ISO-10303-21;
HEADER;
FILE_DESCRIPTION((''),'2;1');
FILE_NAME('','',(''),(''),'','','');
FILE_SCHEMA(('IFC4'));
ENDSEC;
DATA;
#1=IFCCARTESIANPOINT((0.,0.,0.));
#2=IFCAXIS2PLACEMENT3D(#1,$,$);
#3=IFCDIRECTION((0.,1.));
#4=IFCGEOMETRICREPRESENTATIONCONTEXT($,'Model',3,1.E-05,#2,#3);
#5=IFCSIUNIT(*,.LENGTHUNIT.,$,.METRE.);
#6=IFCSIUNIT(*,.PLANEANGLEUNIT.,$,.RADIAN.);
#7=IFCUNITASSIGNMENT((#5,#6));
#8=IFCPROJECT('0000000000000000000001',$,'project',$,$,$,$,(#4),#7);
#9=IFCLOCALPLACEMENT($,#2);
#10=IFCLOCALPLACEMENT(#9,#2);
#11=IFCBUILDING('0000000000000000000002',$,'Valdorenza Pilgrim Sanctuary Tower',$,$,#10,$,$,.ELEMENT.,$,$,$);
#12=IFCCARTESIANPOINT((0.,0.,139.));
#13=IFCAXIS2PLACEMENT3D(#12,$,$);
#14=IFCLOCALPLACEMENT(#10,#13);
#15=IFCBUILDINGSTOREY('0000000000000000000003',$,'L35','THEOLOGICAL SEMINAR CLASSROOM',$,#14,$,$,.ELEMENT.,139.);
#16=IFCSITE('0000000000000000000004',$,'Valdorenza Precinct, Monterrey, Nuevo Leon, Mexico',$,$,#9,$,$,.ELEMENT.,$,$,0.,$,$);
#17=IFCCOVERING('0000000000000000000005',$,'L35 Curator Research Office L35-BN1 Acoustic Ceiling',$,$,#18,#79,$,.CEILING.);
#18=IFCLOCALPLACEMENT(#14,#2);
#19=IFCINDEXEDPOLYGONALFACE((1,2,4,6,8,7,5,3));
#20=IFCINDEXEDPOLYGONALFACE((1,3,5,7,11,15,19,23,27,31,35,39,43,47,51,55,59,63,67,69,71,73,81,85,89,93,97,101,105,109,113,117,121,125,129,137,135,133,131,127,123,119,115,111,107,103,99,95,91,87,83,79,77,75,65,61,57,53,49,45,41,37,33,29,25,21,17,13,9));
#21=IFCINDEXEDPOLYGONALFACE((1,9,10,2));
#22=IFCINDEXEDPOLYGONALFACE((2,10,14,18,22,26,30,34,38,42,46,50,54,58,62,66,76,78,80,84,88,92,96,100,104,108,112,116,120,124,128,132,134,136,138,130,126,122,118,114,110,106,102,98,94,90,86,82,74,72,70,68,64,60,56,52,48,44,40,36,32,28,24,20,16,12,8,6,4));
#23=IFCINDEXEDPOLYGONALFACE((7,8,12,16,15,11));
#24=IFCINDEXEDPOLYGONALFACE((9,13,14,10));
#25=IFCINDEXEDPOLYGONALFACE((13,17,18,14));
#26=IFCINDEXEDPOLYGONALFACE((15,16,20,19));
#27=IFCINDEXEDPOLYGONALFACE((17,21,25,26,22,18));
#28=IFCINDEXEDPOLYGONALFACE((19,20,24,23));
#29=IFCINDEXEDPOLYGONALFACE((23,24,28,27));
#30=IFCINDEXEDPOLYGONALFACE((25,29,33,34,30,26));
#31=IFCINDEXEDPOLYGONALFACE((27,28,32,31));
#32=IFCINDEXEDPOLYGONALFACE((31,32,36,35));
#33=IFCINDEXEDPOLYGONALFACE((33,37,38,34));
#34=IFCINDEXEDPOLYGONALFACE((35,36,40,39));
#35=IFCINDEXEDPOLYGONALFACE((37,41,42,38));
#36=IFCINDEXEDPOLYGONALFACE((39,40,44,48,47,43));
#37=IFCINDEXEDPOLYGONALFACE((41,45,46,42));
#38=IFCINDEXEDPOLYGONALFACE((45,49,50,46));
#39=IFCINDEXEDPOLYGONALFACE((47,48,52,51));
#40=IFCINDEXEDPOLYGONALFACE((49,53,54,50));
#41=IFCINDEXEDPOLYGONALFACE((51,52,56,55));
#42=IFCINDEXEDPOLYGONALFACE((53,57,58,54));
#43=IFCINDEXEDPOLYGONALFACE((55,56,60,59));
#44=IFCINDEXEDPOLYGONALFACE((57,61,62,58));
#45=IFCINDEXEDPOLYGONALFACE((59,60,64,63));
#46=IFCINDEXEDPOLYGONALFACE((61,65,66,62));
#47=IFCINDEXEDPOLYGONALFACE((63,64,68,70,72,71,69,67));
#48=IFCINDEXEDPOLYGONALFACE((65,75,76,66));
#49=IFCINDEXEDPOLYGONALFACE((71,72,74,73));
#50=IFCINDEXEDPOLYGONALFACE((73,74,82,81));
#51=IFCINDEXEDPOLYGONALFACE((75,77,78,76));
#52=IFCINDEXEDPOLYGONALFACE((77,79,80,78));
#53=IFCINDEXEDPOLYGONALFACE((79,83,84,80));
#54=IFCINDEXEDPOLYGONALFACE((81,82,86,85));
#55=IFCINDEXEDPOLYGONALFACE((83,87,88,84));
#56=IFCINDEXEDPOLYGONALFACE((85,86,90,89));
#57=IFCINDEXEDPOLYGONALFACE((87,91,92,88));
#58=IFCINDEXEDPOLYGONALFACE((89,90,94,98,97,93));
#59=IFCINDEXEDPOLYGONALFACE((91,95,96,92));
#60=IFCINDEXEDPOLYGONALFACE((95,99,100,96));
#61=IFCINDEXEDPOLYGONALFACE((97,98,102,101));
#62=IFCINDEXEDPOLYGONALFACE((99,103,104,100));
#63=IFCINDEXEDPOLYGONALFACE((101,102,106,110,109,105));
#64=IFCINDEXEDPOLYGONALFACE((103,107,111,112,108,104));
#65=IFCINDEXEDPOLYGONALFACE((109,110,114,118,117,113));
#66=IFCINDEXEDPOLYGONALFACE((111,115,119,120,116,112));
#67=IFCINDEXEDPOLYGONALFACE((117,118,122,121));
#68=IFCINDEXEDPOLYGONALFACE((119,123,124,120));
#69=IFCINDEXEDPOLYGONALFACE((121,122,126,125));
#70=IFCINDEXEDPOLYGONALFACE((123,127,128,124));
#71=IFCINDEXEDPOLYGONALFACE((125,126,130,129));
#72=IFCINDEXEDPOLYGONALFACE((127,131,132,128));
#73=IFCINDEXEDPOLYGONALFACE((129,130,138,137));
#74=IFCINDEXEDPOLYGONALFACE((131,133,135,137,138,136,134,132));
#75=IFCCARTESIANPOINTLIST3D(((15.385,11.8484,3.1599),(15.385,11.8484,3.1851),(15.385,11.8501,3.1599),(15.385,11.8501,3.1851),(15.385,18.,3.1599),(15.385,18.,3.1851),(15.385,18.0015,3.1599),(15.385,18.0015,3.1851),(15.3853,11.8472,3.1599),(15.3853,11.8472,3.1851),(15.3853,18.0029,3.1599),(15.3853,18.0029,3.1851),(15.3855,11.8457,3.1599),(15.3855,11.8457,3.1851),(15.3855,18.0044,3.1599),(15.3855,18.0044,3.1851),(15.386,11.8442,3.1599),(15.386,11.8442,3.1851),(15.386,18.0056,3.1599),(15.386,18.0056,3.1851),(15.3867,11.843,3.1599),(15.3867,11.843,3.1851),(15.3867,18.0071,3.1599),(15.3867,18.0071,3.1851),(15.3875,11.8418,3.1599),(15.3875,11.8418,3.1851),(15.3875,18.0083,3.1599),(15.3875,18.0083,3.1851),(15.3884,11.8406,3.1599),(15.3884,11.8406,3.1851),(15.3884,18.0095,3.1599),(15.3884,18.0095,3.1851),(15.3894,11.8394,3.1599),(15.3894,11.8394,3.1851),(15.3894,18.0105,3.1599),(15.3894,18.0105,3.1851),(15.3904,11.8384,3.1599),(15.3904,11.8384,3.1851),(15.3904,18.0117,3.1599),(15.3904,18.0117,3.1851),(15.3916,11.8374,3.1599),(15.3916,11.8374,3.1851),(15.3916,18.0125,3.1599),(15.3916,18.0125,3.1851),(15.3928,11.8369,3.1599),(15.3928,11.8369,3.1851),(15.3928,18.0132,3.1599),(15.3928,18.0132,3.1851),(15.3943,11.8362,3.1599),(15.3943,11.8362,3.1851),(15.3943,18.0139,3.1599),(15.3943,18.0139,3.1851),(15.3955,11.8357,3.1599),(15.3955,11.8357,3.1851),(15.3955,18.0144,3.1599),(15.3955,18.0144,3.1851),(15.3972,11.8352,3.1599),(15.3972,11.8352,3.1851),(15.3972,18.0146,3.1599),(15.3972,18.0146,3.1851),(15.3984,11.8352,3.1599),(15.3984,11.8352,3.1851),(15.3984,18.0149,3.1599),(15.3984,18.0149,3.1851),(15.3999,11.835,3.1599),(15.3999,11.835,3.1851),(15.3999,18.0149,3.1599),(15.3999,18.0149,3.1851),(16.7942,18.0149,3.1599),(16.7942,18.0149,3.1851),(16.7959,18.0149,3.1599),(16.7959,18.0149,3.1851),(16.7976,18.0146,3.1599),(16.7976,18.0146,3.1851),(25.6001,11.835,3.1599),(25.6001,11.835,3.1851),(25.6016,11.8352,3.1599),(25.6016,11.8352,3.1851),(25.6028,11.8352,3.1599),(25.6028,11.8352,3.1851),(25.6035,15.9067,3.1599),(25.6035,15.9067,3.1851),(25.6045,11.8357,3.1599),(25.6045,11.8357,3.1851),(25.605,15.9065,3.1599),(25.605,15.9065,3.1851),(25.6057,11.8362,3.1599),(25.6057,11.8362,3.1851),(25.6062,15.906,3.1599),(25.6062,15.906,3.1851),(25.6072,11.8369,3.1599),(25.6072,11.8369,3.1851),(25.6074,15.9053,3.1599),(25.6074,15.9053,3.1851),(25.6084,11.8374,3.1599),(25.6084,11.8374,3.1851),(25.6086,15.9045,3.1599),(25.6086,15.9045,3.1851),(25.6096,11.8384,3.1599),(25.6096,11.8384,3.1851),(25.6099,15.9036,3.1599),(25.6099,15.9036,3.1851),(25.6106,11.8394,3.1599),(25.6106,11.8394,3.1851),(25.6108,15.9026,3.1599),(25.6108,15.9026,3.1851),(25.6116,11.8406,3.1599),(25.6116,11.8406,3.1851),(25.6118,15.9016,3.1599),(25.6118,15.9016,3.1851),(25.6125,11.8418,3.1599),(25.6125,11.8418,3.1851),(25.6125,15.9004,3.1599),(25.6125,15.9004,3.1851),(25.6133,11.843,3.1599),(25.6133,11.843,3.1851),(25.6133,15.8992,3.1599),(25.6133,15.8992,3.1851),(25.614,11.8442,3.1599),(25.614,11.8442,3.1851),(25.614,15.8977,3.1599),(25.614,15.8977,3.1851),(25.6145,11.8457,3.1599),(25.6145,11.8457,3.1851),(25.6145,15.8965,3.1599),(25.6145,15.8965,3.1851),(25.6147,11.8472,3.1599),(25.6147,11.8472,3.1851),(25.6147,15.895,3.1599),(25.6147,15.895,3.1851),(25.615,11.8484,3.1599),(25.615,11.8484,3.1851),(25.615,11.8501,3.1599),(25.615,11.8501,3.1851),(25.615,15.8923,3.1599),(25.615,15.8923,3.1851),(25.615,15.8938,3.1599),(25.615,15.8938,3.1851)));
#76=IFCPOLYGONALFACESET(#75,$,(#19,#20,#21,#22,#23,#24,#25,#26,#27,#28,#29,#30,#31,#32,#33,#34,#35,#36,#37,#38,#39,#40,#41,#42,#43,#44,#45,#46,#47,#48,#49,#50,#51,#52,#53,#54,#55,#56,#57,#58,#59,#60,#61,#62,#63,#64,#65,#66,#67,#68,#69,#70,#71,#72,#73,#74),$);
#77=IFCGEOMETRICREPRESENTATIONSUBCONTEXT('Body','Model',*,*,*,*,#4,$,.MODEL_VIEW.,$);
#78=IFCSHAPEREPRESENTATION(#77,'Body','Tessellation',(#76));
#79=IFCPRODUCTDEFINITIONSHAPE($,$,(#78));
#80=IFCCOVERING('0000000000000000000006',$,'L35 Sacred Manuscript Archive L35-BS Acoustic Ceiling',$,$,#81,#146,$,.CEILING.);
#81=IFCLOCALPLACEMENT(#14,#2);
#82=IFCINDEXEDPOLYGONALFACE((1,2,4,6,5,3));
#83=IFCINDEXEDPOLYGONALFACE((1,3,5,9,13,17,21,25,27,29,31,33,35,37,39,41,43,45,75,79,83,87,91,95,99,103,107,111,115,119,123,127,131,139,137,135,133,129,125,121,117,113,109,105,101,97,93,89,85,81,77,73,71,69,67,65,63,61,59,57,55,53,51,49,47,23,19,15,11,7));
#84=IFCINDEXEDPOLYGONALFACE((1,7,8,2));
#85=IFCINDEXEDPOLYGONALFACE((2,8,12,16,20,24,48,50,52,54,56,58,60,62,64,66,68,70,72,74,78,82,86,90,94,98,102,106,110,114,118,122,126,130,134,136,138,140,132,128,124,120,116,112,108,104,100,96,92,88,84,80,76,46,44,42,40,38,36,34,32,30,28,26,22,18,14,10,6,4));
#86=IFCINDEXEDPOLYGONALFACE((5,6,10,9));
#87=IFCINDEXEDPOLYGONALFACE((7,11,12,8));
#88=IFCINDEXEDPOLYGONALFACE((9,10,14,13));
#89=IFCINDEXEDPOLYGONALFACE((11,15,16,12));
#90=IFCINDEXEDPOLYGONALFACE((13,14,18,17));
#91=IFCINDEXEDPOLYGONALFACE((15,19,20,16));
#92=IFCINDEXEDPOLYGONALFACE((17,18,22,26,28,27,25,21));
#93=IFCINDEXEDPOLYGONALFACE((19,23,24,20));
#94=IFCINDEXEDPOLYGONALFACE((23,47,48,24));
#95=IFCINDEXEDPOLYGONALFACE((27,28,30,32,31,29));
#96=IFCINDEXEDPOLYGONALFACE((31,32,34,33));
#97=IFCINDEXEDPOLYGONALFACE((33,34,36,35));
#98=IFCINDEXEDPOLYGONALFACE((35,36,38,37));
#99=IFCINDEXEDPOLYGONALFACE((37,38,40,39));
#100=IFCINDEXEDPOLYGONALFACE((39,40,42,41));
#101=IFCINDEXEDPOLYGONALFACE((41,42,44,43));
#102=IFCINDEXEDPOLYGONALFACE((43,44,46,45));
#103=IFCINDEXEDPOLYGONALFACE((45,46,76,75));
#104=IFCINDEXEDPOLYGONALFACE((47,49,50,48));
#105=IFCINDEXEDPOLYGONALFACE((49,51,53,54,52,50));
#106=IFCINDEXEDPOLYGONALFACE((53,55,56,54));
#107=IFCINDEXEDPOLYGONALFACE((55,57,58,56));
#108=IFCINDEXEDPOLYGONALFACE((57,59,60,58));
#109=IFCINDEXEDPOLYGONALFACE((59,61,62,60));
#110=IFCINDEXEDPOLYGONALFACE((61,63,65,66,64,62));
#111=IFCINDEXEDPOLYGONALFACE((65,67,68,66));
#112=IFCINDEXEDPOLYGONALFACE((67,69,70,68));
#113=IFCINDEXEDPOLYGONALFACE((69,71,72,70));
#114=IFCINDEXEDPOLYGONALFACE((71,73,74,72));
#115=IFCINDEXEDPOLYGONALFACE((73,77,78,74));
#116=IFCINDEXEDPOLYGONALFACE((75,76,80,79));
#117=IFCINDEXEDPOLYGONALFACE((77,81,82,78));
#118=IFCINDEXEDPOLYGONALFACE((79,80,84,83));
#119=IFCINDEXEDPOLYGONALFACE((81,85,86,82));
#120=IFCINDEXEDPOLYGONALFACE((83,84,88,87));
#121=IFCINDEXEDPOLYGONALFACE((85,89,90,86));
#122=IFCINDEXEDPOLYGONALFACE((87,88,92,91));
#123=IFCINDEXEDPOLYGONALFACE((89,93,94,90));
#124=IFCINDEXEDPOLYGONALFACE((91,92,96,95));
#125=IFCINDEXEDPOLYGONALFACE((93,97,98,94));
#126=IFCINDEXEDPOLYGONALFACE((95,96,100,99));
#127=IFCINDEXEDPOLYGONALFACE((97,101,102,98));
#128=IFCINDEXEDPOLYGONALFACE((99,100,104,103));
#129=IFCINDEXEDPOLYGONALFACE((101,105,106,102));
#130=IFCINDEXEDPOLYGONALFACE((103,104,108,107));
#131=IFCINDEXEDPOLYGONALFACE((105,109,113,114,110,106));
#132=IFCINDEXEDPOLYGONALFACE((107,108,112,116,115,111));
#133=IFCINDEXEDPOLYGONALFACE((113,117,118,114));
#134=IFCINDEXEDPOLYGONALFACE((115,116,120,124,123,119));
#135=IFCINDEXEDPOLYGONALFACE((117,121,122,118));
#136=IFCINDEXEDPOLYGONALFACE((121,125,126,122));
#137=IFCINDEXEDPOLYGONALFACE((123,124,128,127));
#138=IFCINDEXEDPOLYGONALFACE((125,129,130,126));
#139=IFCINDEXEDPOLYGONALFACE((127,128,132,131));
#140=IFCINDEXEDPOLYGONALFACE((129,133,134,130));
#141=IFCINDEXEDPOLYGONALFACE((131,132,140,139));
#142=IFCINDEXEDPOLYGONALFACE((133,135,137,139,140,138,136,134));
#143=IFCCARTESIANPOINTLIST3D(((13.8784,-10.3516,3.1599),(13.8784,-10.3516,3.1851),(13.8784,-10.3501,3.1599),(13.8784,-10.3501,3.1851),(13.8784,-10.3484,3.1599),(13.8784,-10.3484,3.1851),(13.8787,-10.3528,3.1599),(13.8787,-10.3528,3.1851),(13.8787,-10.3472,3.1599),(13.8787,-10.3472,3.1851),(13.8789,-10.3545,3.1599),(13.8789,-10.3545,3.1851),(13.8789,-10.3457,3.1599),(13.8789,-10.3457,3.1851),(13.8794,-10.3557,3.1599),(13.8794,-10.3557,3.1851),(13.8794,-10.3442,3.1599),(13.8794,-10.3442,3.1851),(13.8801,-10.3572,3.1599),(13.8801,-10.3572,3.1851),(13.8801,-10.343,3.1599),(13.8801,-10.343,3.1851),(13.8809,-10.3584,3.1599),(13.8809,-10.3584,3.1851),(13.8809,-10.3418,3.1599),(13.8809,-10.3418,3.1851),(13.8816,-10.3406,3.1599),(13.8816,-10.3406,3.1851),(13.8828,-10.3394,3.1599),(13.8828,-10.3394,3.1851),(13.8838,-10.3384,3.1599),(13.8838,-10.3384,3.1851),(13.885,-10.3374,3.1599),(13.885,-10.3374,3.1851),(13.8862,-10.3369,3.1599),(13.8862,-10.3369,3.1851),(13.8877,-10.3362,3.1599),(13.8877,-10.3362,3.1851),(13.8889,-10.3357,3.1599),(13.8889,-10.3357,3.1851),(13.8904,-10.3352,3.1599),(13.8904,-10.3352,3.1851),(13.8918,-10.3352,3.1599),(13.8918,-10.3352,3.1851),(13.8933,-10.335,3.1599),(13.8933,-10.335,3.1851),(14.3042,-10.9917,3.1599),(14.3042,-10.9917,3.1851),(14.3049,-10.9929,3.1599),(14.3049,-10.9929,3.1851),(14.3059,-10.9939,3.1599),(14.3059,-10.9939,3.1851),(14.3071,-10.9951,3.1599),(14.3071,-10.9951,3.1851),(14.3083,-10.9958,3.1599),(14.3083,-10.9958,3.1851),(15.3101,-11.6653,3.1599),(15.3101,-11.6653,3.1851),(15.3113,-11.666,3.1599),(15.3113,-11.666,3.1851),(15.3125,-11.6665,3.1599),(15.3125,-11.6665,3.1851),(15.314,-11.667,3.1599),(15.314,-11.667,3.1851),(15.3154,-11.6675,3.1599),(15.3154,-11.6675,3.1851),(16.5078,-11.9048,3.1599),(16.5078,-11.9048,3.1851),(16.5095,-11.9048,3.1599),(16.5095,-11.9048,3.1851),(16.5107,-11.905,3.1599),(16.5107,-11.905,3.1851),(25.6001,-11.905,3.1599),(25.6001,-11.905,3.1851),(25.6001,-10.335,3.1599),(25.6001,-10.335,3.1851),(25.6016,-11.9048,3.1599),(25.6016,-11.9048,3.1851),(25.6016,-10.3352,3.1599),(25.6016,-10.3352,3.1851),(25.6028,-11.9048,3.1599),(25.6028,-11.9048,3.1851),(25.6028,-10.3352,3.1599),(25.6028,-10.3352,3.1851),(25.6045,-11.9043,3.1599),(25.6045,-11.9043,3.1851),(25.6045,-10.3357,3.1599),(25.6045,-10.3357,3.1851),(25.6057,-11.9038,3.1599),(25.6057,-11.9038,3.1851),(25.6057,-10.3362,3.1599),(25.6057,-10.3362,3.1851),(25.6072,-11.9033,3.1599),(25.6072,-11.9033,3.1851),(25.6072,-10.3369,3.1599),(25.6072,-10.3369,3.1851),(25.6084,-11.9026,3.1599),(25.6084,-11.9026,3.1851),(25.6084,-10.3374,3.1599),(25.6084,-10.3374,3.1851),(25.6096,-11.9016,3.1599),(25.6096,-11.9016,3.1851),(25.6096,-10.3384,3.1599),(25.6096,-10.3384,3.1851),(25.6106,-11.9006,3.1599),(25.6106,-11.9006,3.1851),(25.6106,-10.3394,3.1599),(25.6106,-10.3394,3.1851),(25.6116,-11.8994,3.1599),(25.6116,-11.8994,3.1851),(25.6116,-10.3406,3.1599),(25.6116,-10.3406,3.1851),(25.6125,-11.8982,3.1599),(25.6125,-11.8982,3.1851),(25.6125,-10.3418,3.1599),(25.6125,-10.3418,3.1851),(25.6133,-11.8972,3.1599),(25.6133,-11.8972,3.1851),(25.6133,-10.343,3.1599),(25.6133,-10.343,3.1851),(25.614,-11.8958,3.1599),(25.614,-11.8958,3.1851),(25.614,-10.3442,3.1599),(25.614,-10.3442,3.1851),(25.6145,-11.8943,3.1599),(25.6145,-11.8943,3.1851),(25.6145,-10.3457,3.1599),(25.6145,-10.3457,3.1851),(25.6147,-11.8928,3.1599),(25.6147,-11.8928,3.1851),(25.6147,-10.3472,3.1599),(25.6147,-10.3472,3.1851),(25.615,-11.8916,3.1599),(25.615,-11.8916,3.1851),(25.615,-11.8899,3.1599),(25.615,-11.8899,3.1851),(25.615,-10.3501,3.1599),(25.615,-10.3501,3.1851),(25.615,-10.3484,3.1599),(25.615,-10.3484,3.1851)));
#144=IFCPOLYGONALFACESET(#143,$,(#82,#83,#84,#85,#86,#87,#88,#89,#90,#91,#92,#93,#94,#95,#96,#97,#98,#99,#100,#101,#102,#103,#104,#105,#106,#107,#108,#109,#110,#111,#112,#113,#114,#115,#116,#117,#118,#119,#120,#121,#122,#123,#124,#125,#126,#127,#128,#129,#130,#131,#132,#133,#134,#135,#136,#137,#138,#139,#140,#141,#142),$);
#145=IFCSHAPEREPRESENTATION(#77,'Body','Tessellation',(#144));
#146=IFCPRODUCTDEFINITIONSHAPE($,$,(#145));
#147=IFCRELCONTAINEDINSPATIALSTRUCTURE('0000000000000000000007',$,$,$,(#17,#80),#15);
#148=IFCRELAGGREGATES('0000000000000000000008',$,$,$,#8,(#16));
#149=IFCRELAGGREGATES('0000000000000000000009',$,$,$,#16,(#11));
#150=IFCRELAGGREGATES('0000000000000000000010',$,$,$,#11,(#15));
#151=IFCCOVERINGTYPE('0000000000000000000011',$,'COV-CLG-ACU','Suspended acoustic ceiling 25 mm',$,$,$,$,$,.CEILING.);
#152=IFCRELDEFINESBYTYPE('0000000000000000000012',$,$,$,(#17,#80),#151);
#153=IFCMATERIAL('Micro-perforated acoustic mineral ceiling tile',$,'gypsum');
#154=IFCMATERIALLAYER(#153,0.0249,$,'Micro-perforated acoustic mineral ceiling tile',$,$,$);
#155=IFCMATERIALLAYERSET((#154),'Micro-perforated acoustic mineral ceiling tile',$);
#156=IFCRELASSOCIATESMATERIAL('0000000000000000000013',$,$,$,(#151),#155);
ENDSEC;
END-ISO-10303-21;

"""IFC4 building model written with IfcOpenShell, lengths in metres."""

from ifc_helpers import new_model, si_unit, direction, frame, origin, place, context, subcontext, project, spatial, polyline, outline, extrude, material, layer, layer_set, type_object, element, save


model = new_model("IFC4")

# Units and contexts
model_context = context("Model", 3, precision=1e-05, world=origin(), true_north=direction((0.0, 1.0)))
body_context = subcontext(model_context, "Body", "Model", "MODEL_VIEW")
ifc_project = project(units=[si_unit("LENGTHUNIT", "METRE"), si_unit("PLANEANGLEUNIT", "RADIAN")], contexts=[model_context])

# Site, building, storey
site_placement = place(None, origin())
site = spatial("IfcSite", under=ifc_project, at=site_placement, Name="Valdorenza Precinct, Monterrey, Nuevo Leon, Mexico", CompositionType="ELEMENT", RefElevation=0.0)
building_placement = place(site_placement, origin())
building = spatial("IfcBuilding", under=site, at=building_placement, Name="Valdorenza Pilgrim Sanctuary Tower", CompositionType="ELEMENT")
storey_placement = place(building_placement, frame((0.0, 0.0, 139.0)))
storey = spatial("IfcBuildingStorey", under=building, at=storey_placement, Name="L35", Description="THEOLOGICAL SEMINAR CLASSROOM", CompositionType="ELEMENT", Elevation=139.0)

# Coverings
ifc_material_1 = material(Name="Micro-perforated acoustic mineral ceiling tile", Category="gypsum")
ifc_layer_1 = layer(ifc_material_1, 0.0249, Name="Micro-perforated acoustic mineral ceiling tile")
ifc_layer_set_1 = layer_set([ifc_layer_1], Name="Micro-perforated acoustic mineral ceiling tile")
covering_type_1 = type_object("IfcCoveringType", Name="COV-CLG-ACU", Description="Suspended acoustic ceiling 25 mm", PredefinedType="CEILING", material=ifc_layer_set_1)
covering_1_placement = place(storey_placement, frame((0.0, 0.0, 3.1599)))
element("IfcCovering", 1, at=covering_1_placement, inside=storey, type_object=covering_type_1, Name="L35 Curator Research Office L35-BN1 Acoustic Ceiling", PredefinedType="CEILING", context=body_context, shape_type="SweptSolid", body=[
    extrude(outline(polyline([(15.3999, 11.835), (15.3984, 11.8352), (15.3972, 11.8352), (15.3955, 11.8357), (15.3943, 11.8362), (15.3928, 11.8369), (15.3916, 11.8374), (15.3904, 11.8384), (15.3894, 11.8394), (15.3884, 11.8406), (15.3875, 11.8418), (15.3867, 11.843), (15.386, 11.8442), (15.3855, 11.8457), (15.3853, 11.8472), (15.385, 11.8484), (15.385, 11.8501), (15.385, 18.0), (15.385, 18.0015), (15.3853, 18.0029), (15.3855, 18.0044), (15.386, 18.0056), (15.3867, 18.0071), (15.3875, 18.0083), (15.3884, 18.0095), (15.3894, 18.0105), (15.3904, 18.0117), (15.3916, 18.0125), (15.3928, 18.0132), (15.3943, 18.0139), (15.3955, 18.0144), (15.3972, 18.0146), (15.3984, 18.0149), (15.3999, 18.0149), (16.7942, 18.0149), (16.7959, 18.0149), (16.7976, 18.0146), (25.6035, 15.9067), (25.605, 15.9065), (25.6062, 15.906), (25.6074, 15.9053), (25.6086, 15.9045), (25.6099, 15.9036), (25.6108, 15.9026), (25.6118, 15.9016), (25.6125, 15.9004), (25.6133, 15.8992), (25.614, 15.8977), (25.6145, 15.8965), (25.6147, 15.895), (25.615, 15.8938), (25.615, 15.8923), (25.615, 11.8501), (25.615, 11.8484), (25.6147, 11.8472), (25.6145, 11.8457), (25.614, 11.8442), (25.6133, 11.843), (25.6125, 11.8418), (25.6116, 11.8406), (25.6106, 11.8394), (25.6096, 11.8384), (25.6084, 11.8374), (25.6072, 11.8369), (25.6057, 11.8362), (25.6045, 11.8357), (25.6028, 11.8352), (25.6016, 11.8352), (25.6001, 11.835), (15.3999, 11.835)])), origin(), (0.0, 0.0, 1.0), 0.0251),
])
covering_2_placement = place(storey_placement, frame((0.0, 0.0, 3.1599)))
element("IfcCovering", 2, at=covering_2_placement, inside=storey, type_object=covering_type_1, Name="L35 Sacred Manuscript Archive L35-BS Acoustic Ceiling", PredefinedType="CEILING", context=body_context, shape_type="SweptSolid", body=[
    extrude(outline(polyline([(25.615, -11.8899), (25.615, -11.8916), (25.6147, -11.8928), (25.6145, -11.8943), (25.614, -11.8958), (25.6133, -11.8972), (25.6125, -11.8982), (25.6116, -11.8994), (25.6106, -11.9006), (25.6096, -11.9016), (25.6084, -11.9026), (25.6072, -11.9033), (25.6057, -11.9038), (25.6045, -11.9043), (25.6028, -11.9048), (25.6016, -11.9048), (25.6001, -11.905), (16.5107, -11.905), (16.5095, -11.9048), (16.5078, -11.9048), (15.3154, -11.6675), (15.314, -11.667), (15.3125, -11.6665), (15.3113, -11.666), (15.3101, -11.6653), (14.3083, -10.9958), (14.3071, -10.9951), (14.3059, -10.9939), (14.3049, -10.9929), (14.3042, -10.9917), (13.8809, -10.3584), (13.8801, -10.3572), (13.8794, -10.3557), (13.8789, -10.3545), (13.8787, -10.3528), (13.8784, -10.3516), (13.8784, -10.3501), (13.8784, -10.3484), (13.8787, -10.3472), (13.8789, -10.3457), (13.8794, -10.3442), (13.8801, -10.343), (13.8809, -10.3418), (13.8816, -10.3406), (13.8828, -10.3394), (13.8838, -10.3384), (13.885, -10.3374), (13.8862, -10.3369), (13.8877, -10.3362), (13.8889, -10.3357), (13.8904, -10.3352), (13.8918, -10.3352), (13.8933, -10.335), (25.6001, -10.335), (25.6016, -10.3352), (25.6028, -10.3352), (25.6045, -10.3357), (25.6057, -10.3362), (25.6072, -10.3369), (25.6084, -10.3374), (25.6096, -10.3384), (25.6106, -10.3394), (25.6116, -10.3406), (25.6125, -10.3418), (25.6133, -10.343), (25.614, -10.3442), (25.6145, -10.3457), (25.6147, -10.3472), (25.615, -10.3484), (25.615, -10.3501), (25.615, -11.8899)])), origin(), (0.0, 0.0, 1.0), 0.0251),
])

save(model, "model.ifc")
